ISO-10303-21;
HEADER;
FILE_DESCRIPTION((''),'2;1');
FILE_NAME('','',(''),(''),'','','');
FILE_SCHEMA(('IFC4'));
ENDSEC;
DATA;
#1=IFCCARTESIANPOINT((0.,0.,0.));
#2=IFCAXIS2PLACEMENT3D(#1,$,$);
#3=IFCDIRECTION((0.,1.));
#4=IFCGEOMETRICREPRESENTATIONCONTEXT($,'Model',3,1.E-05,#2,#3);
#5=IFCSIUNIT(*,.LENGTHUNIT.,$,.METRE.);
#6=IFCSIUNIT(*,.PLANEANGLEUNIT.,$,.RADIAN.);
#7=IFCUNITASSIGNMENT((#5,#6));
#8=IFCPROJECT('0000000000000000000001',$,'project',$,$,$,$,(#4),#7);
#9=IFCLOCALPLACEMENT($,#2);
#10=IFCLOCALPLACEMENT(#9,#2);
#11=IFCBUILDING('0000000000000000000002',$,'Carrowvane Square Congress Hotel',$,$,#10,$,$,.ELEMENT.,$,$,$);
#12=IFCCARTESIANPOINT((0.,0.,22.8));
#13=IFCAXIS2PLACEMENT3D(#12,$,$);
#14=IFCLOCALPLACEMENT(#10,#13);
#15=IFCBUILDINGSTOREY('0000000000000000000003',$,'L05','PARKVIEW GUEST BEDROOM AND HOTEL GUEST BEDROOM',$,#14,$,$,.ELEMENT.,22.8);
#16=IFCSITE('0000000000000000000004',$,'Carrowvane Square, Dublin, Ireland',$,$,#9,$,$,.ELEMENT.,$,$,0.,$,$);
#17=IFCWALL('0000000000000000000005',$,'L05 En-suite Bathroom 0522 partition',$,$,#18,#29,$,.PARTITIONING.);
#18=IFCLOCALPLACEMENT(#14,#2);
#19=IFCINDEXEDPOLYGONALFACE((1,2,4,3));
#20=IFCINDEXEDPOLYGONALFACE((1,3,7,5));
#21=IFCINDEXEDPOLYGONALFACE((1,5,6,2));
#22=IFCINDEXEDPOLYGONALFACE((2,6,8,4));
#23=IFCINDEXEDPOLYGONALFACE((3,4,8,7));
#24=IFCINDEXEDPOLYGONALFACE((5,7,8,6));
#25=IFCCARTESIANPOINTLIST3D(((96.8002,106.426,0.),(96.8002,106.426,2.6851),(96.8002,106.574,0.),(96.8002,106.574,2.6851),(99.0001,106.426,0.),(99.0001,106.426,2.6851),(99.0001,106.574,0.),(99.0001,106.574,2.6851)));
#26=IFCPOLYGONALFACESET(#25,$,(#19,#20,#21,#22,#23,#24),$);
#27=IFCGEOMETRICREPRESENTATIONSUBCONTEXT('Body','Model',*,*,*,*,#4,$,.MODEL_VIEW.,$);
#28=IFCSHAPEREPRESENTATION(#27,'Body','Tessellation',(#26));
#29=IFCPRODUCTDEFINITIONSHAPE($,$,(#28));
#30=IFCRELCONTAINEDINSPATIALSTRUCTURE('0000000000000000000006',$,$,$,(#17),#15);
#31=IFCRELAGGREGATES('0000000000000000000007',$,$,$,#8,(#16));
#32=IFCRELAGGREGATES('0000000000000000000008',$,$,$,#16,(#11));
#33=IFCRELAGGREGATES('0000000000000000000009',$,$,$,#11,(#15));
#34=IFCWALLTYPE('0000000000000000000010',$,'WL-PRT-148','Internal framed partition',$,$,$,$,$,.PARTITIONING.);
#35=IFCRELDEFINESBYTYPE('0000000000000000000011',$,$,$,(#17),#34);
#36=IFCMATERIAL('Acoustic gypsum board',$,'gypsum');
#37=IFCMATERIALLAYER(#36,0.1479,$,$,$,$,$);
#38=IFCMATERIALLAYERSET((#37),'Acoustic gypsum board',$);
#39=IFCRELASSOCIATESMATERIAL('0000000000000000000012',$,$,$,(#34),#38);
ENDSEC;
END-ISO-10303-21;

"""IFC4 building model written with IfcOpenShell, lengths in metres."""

from ifc_helpers import new_model, si_unit, direction, frame, frame_2d, origin, place, context, subcontext, project, spatial, rectangle, extrude, material, layer, layer_set, type_object, element, save


model = new_model("IFC4")

# Units and contexts
model_context = context("Model", 3, precision=1e-05, world=origin(), true_north=direction((0.0, 1.0)))
body_context = subcontext(model_context, "Body", "Model", "MODEL_VIEW")
ifc_project = project(units=[si_unit("LENGTHUNIT", "METRE"), si_unit("PLANEANGLEUNIT", "RADIAN")], contexts=[model_context])

# Site, building, storey
site_placement = place(None, origin())
site = spatial("IfcSite", under=ifc_project, at=site_placement, Name="Carrowvane Square, Dublin, Ireland", CompositionType="ELEMENT", RefElevation=0.0)
building_placement = place(site_placement, origin())
building = spatial("IfcBuilding", under=site, at=building_placement, Name="Carrowvane Square Congress Hotel", CompositionType="ELEMENT")
storey_placement = place(building_placement, frame((0.0, 0.0, 22.8)))
storey = spatial("IfcBuildingStorey", under=building, at=storey_placement, Name="L05", Description="PARKVIEW GUEST BEDROOM AND HOTEL GUEST BEDROOM", CompositionType="ELEMENT", Elevation=22.8)

# Shared definitions
ifc_material_1 = material(Name="Acoustic gypsum board", Category="gypsum")
ifc_layer_1 = layer(ifc_material_1, 0.1479)
ifc_layer_set_1 = layer_set([ifc_layer_1], Name="Acoustic gypsum board")
wall_type_1 = type_object("IfcWallType", Name="WL-PRT-148", Description="Internal framed partition", PredefinedType="PARTITIONING", material=ifc_layer_set_1)

# Wall
wall_1_placement = place(storey_placement, frame((96.8, 106.5, 0.0), z_axis=(0.0, 0.0, 1.0), x_axis=(1.0, 0.0, 0.0)))
element("IfcWall", 1, at=wall_1_placement, inside=storey, type_object=wall_type_1, Name="L05 En-suite Bathroom 0522 partition", PredefinedType="PARTITIONING", context=body_context, shape_type="SweptSolid", body=[
    extrude(rectangle(XDim=2.2, YDim=0.1479, at=frame_2d((1.1001, 0.0))), origin(), (0.0, 0.0, 1.0), 2.6851),
])

save(model, "model.ifc")
